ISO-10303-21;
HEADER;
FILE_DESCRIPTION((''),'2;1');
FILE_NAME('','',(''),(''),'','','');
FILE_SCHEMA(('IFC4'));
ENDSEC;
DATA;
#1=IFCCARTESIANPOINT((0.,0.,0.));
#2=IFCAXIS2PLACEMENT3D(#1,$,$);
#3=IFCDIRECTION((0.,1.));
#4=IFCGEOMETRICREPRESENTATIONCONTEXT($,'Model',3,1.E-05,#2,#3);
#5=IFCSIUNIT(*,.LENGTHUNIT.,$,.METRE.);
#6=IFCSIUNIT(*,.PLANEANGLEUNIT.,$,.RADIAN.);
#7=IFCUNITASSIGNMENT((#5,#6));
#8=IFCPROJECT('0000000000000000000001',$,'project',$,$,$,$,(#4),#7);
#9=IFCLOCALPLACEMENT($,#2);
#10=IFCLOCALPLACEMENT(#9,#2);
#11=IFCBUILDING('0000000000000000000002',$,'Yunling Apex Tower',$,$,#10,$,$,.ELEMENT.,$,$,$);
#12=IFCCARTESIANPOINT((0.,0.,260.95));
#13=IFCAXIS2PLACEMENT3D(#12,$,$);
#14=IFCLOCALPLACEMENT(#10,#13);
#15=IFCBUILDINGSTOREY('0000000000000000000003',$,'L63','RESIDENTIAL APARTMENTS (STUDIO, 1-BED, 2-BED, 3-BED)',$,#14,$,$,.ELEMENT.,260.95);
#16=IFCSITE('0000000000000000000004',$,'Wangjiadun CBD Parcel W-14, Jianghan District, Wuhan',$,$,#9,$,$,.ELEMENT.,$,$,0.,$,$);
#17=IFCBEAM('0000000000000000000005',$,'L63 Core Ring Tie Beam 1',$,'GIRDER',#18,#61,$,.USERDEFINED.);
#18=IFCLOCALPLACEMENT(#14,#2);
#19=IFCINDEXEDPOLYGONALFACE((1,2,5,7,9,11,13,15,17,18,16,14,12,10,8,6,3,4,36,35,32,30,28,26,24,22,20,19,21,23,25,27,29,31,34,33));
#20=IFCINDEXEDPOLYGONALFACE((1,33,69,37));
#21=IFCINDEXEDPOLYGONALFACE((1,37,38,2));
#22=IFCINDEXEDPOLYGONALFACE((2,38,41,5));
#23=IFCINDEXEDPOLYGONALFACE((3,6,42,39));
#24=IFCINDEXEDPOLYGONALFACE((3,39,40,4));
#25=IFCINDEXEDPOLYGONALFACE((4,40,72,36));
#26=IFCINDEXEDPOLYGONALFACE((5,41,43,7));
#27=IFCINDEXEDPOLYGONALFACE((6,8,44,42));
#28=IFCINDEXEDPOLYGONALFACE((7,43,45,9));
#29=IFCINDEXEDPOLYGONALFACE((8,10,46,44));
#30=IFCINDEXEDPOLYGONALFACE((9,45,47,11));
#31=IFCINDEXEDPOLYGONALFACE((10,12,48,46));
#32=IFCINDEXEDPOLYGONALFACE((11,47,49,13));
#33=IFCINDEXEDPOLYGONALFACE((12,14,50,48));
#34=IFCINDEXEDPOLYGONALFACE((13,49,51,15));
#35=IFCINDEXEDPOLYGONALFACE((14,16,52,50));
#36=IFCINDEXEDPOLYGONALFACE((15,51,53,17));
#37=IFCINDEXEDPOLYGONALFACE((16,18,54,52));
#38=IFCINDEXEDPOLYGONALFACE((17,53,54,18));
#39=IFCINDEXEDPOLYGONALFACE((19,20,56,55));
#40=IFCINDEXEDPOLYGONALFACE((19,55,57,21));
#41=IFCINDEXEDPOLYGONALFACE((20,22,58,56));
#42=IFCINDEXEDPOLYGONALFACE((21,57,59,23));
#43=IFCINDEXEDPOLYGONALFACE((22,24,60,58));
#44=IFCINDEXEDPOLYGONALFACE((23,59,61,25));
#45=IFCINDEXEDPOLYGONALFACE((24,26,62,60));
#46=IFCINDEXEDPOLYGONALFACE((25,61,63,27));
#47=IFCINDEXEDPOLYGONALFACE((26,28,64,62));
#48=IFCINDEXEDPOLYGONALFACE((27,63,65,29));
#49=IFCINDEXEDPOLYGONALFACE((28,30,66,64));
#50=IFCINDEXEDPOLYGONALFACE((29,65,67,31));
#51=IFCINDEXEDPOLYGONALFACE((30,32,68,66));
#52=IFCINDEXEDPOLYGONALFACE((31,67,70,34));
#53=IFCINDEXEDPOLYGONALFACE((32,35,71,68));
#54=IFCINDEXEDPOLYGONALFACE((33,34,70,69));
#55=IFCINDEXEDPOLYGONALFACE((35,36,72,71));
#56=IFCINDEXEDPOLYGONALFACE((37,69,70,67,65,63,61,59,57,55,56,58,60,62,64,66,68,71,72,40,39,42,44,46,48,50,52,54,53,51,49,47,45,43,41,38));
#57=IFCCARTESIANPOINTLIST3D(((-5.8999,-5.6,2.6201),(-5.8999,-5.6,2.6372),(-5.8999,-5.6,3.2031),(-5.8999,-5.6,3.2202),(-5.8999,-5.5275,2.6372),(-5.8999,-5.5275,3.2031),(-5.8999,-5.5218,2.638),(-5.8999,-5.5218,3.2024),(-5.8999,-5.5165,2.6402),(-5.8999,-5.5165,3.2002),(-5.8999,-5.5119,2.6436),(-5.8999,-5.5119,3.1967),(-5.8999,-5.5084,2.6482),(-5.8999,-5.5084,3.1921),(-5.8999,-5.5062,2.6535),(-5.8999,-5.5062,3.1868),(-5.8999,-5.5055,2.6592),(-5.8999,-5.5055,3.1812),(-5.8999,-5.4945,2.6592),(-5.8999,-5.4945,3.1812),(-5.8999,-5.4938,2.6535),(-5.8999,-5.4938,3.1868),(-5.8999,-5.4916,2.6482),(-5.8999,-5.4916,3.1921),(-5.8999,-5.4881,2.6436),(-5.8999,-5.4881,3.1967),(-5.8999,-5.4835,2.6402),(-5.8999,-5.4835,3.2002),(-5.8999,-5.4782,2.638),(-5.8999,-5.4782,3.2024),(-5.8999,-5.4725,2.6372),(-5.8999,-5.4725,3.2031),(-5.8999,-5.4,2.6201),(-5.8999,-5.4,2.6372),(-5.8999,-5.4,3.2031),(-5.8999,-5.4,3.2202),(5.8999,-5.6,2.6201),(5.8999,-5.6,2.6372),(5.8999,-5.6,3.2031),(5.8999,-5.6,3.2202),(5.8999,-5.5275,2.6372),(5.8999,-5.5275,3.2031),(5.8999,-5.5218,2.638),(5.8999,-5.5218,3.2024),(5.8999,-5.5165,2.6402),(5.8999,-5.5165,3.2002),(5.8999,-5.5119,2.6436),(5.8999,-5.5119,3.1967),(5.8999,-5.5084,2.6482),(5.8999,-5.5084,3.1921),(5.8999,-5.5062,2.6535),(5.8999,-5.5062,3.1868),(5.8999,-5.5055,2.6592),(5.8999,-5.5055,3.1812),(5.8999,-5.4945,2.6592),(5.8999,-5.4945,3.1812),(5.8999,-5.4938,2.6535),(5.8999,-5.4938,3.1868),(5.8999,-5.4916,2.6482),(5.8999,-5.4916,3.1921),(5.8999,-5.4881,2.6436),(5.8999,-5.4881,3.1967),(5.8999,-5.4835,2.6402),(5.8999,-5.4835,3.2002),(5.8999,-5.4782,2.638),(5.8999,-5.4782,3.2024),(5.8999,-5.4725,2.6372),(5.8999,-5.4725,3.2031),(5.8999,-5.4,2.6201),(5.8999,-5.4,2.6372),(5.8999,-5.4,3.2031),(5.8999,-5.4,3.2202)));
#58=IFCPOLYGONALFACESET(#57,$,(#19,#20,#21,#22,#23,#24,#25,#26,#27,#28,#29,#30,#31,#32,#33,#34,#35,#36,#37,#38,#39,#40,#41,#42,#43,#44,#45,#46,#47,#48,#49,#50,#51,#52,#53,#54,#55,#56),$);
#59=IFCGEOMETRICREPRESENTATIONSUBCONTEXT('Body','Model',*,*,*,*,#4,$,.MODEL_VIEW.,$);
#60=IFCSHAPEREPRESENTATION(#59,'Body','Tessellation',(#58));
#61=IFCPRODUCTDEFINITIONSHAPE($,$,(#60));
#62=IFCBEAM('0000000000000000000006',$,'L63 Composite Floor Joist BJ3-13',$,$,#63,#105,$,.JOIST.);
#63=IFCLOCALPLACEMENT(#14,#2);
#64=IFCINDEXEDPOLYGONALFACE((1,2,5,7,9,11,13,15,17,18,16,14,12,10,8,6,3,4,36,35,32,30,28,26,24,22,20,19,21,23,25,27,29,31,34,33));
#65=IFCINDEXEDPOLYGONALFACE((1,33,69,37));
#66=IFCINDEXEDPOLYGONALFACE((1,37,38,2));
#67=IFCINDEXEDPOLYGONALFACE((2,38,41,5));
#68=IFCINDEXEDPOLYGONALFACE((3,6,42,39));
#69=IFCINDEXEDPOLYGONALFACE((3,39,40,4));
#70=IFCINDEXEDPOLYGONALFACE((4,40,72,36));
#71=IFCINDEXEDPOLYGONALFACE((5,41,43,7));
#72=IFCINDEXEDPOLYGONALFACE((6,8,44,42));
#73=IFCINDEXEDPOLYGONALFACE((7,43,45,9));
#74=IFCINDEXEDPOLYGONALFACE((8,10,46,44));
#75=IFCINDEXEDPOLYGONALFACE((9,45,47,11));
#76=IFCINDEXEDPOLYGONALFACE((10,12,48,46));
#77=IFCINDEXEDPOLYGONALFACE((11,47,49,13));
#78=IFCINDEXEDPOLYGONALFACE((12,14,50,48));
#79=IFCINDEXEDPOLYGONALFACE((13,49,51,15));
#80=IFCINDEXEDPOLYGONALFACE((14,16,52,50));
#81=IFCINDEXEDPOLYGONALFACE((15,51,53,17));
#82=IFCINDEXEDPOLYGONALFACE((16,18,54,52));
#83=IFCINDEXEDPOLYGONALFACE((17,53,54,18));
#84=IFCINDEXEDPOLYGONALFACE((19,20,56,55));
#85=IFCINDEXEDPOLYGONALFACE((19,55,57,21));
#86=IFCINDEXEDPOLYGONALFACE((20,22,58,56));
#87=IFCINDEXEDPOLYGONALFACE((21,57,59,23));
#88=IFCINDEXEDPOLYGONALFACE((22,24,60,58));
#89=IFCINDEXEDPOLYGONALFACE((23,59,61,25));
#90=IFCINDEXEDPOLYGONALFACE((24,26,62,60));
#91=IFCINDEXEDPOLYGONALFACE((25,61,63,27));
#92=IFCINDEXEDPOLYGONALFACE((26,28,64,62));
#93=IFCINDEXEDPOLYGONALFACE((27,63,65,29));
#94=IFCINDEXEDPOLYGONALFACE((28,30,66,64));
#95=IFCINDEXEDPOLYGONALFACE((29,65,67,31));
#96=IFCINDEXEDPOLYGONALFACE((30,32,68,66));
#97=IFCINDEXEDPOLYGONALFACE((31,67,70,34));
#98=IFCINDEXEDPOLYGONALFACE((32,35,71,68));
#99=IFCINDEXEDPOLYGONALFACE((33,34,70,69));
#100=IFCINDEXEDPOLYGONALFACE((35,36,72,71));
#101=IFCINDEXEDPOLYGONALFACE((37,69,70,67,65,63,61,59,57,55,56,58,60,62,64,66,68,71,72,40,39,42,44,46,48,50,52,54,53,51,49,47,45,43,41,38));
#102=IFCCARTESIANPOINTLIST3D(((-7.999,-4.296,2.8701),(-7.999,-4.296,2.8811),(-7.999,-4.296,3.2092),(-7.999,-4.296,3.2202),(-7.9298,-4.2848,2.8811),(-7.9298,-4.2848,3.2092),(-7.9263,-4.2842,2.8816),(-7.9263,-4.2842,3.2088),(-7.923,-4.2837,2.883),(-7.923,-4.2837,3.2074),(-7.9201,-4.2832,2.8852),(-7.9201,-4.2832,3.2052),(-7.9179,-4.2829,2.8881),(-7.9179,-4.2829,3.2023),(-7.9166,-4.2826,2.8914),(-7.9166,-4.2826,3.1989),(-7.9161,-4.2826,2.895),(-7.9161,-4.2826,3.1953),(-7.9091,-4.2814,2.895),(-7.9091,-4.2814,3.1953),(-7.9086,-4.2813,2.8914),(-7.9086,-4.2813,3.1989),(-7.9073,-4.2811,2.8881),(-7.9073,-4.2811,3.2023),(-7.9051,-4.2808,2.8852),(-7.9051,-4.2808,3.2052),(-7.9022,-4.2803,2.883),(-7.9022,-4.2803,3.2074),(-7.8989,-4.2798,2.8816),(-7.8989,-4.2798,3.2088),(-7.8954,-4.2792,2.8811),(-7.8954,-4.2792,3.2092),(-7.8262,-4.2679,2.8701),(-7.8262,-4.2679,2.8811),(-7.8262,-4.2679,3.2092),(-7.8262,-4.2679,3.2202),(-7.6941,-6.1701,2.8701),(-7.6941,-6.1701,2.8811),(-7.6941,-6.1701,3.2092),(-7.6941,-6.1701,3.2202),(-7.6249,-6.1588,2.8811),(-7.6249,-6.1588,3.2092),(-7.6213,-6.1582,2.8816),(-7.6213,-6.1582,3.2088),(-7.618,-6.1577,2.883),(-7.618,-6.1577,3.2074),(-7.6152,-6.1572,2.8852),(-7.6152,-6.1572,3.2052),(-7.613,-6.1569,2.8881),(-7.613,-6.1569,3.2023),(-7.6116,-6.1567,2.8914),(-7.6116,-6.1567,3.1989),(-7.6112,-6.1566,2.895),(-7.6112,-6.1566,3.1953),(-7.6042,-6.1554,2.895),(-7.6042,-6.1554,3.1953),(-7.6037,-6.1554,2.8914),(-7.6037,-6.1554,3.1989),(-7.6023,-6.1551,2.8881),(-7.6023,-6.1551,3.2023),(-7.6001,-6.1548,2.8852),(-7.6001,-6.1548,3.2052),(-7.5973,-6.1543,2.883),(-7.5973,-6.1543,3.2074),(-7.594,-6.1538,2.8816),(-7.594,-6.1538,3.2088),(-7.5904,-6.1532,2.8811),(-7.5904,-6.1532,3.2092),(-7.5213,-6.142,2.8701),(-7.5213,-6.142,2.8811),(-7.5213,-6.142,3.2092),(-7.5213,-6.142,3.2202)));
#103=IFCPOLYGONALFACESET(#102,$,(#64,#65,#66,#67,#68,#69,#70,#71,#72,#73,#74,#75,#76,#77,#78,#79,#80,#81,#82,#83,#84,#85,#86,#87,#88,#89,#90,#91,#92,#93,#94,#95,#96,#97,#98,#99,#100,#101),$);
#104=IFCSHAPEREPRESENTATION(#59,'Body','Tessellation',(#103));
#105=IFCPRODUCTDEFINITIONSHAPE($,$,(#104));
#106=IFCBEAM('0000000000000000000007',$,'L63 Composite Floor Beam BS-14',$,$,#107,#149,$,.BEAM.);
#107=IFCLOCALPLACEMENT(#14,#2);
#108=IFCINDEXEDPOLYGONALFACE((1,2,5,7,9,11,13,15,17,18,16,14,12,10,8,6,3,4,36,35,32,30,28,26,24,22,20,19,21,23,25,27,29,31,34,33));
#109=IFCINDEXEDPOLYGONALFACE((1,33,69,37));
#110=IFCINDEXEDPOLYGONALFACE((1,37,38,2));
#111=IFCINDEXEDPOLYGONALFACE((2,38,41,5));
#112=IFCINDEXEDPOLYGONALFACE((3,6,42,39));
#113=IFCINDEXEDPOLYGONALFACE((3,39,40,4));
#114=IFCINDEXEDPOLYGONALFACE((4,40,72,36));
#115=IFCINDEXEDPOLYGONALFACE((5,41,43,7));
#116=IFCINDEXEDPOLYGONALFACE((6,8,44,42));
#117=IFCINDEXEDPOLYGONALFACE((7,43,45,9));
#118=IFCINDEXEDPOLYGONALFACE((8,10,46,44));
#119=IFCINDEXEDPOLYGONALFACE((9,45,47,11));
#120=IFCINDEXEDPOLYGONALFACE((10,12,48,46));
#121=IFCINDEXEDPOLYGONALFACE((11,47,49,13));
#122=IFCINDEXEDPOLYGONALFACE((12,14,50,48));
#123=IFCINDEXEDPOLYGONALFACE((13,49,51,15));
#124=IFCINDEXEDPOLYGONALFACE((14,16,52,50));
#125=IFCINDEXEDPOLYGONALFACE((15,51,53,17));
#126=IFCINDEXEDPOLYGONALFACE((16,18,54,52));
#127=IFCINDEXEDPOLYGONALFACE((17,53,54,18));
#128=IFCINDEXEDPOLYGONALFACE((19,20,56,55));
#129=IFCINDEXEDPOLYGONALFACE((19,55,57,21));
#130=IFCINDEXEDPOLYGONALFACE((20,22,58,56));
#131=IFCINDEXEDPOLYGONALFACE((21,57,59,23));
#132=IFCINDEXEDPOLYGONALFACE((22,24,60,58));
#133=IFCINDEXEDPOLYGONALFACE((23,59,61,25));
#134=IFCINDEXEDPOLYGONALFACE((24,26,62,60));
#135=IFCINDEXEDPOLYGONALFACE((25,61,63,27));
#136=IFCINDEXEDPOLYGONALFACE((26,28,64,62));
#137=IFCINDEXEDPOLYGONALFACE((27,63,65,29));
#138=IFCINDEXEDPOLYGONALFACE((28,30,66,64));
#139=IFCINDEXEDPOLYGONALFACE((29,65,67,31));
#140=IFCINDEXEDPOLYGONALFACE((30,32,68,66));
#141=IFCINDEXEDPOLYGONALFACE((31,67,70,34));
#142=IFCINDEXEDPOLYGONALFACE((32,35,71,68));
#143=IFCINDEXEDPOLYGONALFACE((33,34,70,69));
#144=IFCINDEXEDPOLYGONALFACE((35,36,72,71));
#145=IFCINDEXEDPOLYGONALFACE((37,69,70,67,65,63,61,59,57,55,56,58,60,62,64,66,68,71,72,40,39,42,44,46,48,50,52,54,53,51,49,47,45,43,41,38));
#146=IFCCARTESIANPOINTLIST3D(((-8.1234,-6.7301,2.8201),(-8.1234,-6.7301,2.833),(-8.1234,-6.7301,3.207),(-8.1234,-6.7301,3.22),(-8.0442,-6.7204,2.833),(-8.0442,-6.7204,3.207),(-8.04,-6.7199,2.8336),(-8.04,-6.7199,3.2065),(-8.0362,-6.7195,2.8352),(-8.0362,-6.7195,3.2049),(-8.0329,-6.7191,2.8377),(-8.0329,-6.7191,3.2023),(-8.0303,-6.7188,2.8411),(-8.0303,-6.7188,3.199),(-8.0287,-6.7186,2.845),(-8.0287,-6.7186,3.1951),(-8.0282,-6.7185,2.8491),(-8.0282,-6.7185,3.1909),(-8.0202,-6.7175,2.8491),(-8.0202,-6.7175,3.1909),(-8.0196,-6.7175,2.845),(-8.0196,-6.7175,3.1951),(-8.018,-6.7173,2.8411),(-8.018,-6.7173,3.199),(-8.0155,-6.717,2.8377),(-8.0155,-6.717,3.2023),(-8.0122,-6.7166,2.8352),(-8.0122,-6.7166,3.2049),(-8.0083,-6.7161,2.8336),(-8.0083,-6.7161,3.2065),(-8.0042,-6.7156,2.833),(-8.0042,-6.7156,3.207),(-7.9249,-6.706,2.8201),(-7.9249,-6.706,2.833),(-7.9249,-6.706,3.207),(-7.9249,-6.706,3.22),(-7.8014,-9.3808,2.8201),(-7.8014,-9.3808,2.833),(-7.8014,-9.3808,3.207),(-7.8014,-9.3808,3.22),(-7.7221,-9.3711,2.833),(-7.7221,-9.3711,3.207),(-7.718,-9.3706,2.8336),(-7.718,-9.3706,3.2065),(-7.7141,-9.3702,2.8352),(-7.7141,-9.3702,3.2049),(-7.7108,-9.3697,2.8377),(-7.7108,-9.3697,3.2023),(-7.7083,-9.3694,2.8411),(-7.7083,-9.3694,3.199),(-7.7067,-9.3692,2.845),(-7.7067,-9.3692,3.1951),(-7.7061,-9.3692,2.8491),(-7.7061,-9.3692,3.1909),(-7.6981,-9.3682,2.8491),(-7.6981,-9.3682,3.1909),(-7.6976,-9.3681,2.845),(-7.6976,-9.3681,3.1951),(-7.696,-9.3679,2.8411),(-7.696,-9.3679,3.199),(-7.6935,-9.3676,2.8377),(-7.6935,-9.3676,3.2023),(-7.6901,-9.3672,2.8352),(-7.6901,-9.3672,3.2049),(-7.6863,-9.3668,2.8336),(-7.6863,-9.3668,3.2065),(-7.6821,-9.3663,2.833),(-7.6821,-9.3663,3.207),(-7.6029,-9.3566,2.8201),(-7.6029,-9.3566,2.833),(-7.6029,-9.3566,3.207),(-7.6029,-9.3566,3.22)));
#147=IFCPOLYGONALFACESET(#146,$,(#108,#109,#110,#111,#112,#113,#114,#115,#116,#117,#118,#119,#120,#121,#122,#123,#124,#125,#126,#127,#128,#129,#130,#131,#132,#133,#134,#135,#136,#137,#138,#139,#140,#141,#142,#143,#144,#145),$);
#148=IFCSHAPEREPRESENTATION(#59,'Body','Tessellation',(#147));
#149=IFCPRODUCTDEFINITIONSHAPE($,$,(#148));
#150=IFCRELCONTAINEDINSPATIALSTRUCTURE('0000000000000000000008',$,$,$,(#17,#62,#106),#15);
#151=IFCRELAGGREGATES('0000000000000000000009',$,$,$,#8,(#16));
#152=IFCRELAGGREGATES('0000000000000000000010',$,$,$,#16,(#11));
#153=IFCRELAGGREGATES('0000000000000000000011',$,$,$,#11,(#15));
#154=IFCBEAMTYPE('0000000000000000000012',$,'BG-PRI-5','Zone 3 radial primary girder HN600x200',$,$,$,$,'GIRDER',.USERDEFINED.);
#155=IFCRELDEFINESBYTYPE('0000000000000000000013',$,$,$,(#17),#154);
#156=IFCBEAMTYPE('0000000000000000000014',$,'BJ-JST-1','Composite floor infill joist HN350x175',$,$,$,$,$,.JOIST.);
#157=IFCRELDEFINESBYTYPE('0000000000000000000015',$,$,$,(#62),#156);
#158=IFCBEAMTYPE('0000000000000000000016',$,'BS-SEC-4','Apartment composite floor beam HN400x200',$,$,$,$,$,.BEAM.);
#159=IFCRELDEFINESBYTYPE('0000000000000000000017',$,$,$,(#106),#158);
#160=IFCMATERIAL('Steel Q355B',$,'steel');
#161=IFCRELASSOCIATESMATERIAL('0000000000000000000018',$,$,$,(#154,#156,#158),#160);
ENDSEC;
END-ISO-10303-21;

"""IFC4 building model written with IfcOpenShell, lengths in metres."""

from ifc_helpers import new_model, si_unit, direction, frame, origin, origin_2d, place, context, subcontext, project, spatial, i_section, extrude, source, transform, mapped, material, material_profile, profile_set, type_object, element, save


model = new_model("IFC4")

# Units and contexts
model_context = context("Model", 3, precision=1e-05, world=origin(), true_north=direction((0.0, 1.0)))
body_context = subcontext(model_context, "Body", "Model", "MODEL_VIEW")
ifc_project = project(units=[si_unit("LENGTHUNIT", "METRE"), si_unit("PLANEANGLEUNIT", "RADIAN")], contexts=[model_context])

# Site, building, storey
site_placement = place(None, origin())
site = spatial("IfcSite", under=ifc_project, at=site_placement, Name="Wangjiadun CBD Parcel W-14, Jianghan District, Wuhan", CompositionType="ELEMENT", RefElevation=0.0)
building_placement = place(site_placement, origin())
building = spatial("IfcBuilding", under=site, at=building_placement, Name="Yunling Apex Tower", CompositionType="ELEMENT")
storey_placement = place(building_placement, frame((0.0, 0.0, 260.95)))
storey = spatial("IfcBuildingStorey", under=building, at=storey_placement, Name="L63", Description="RESIDENTIAL APARTMENTS (STUDIO, 1-BED, 2-BED, 3-BED)", CompositionType="ELEMENT", Elevation=260.95)

# Beams
ifc_material_1 = material(Name="Steel Q355B", Category="steel")
ifc_material_profile_1 = material_profile(ifc_material_1, i_section(OverallWidth=0.2, OverallDepth=0.6001, WebThickness=0.011, FlangeThickness=0.0171, FilletRadius=0.022, at=origin_2d()))
ifc_profile_set_1 = profile_set([ifc_material_profile_1], Name="Steel Q355B")
beam_type_1 = type_object("IfcBeamType", Name="BG-PRI-5", Description="Zone 3 radial primary girder HN600x200", ElementType="GIRDER", PredefinedType="USERDEFINED", material=ifc_profile_set_1)
shared_shape_1 = source(origin(), body_context, "Body", "SweptSolid", [
    extrude(i_section(OverallWidth=0.2, OverallDepth=0.6001, WebThickness=0.011, FlangeThickness=0.0171, FilletRadius=0.022, at=origin_2d()), origin(), (0.0, 0.0, 1.0), 11.7998),
])
beam_1_placement = place(storey_placement, frame((-5.8999, -5.5, 2.9202), z_axis=(1.0, 0.0, 0.0), x_axis=(0.0, 1.0, 0.0)))
element("IfcBeam", 1, at=beam_1_placement, inside=storey, type_object=beam_type_1, Name="L63 Core Ring Tie Beam 1", ObjectType="GIRDER", PredefinedType="USERDEFINED", context=body_context, shape_type="MappedRepresentation", body=[
    mapped(shared_shape_1, transform((0.0, 0.0, 0.0), scale=1.0)),
])
ifc_material_profile_2 = material_profile(ifc_material_1, i_section(OverallWidth=0.175, OverallDepth=0.3501, WebThickness=0.0071, FlangeThickness=0.011, FilletRadius=0.0139, at=origin_2d()))
ifc_profile_set_2 = profile_set([ifc_material_profile_2], Name="Steel Q355B")
beam_type_2 = type_object("IfcBeamType", Name="BJ-JST-1", Description="Composite floor infill joist HN350x175", PredefinedType="JOIST", material=ifc_profile_set_2)
shared_shape_2 = source(origin(), body_context, "Body", "SweptSolid", [
    extrude(i_section(OverallWidth=0.175, OverallDepth=0.3501, WebThickness=0.0071, FlangeThickness=0.011, FilletRadius=0.0139, at=origin_2d()), origin(), (0.0, 0.0, 1.0), 1.8987),
])
beam_2_placement = place(storey_placement, frame((-7.9126, -4.282, 3.0452), z_axis=(0.160603, -0.987019, 0.0), x_axis=(0.987019, 0.160603, 0.0)))
element("IfcBeam", 2, at=beam_2_placement, inside=storey, type_object=beam_type_2, Name="L63 Composite Floor Joist BJ3-13", PredefinedType="JOIST", context=body_context, shape_type="MappedRepresentation", body=[
    mapped(shared_shape_2, transform((0.0, 0.0, 0.0), scale=1.0)),
])
ifc_material_profile_3 = material_profile(ifc_material_1, i_section(OverallWidth=0.2, OverallDepth=0.3999, WebThickness=0.0081, FlangeThickness=0.0129, FilletRadius=0.0161, at=origin_2d()))
ifc_profile_set_3 = profile_set([ifc_material_profile_3], Name="Steel Q355B")
beam_type_3 = type_object("IfcBeamType", Name="BS-SEC-4", Description="Apartment composite floor beam HN400x200", PredefinedType="BEAM", material=ifc_profile_set_3)
shared_shape_3 = source(origin(), body_context, "Body", "SweptSolid", [
    extrude(i_section(OverallWidth=0.2, OverallDepth=0.3999, WebThickness=0.0081, FlangeThickness=0.0129, FilletRadius=0.0161, at=origin_2d()), origin(), (0.0, 0.0, 1.0), 2.6702),
])
beam_3_placement = place(storey_placement, frame((-8.0242, -6.718, 3.02), z_axis=(0.120602, -0.992701, 0.0), x_axis=(0.992701, 0.120602, 0.0)))
element("IfcBeam", 3, at=beam_3_placement, inside=storey, type_object=beam_type_3, Name="L63 Composite Floor Beam BS-14", PredefinedType="BEAM", context=body_context, shape_type="MappedRepresentation", body=[
    mapped(shared_shape_3, transform((0.0, 0.0, 0.0), scale=1.0)),
])

save(model, "model.ifc")
